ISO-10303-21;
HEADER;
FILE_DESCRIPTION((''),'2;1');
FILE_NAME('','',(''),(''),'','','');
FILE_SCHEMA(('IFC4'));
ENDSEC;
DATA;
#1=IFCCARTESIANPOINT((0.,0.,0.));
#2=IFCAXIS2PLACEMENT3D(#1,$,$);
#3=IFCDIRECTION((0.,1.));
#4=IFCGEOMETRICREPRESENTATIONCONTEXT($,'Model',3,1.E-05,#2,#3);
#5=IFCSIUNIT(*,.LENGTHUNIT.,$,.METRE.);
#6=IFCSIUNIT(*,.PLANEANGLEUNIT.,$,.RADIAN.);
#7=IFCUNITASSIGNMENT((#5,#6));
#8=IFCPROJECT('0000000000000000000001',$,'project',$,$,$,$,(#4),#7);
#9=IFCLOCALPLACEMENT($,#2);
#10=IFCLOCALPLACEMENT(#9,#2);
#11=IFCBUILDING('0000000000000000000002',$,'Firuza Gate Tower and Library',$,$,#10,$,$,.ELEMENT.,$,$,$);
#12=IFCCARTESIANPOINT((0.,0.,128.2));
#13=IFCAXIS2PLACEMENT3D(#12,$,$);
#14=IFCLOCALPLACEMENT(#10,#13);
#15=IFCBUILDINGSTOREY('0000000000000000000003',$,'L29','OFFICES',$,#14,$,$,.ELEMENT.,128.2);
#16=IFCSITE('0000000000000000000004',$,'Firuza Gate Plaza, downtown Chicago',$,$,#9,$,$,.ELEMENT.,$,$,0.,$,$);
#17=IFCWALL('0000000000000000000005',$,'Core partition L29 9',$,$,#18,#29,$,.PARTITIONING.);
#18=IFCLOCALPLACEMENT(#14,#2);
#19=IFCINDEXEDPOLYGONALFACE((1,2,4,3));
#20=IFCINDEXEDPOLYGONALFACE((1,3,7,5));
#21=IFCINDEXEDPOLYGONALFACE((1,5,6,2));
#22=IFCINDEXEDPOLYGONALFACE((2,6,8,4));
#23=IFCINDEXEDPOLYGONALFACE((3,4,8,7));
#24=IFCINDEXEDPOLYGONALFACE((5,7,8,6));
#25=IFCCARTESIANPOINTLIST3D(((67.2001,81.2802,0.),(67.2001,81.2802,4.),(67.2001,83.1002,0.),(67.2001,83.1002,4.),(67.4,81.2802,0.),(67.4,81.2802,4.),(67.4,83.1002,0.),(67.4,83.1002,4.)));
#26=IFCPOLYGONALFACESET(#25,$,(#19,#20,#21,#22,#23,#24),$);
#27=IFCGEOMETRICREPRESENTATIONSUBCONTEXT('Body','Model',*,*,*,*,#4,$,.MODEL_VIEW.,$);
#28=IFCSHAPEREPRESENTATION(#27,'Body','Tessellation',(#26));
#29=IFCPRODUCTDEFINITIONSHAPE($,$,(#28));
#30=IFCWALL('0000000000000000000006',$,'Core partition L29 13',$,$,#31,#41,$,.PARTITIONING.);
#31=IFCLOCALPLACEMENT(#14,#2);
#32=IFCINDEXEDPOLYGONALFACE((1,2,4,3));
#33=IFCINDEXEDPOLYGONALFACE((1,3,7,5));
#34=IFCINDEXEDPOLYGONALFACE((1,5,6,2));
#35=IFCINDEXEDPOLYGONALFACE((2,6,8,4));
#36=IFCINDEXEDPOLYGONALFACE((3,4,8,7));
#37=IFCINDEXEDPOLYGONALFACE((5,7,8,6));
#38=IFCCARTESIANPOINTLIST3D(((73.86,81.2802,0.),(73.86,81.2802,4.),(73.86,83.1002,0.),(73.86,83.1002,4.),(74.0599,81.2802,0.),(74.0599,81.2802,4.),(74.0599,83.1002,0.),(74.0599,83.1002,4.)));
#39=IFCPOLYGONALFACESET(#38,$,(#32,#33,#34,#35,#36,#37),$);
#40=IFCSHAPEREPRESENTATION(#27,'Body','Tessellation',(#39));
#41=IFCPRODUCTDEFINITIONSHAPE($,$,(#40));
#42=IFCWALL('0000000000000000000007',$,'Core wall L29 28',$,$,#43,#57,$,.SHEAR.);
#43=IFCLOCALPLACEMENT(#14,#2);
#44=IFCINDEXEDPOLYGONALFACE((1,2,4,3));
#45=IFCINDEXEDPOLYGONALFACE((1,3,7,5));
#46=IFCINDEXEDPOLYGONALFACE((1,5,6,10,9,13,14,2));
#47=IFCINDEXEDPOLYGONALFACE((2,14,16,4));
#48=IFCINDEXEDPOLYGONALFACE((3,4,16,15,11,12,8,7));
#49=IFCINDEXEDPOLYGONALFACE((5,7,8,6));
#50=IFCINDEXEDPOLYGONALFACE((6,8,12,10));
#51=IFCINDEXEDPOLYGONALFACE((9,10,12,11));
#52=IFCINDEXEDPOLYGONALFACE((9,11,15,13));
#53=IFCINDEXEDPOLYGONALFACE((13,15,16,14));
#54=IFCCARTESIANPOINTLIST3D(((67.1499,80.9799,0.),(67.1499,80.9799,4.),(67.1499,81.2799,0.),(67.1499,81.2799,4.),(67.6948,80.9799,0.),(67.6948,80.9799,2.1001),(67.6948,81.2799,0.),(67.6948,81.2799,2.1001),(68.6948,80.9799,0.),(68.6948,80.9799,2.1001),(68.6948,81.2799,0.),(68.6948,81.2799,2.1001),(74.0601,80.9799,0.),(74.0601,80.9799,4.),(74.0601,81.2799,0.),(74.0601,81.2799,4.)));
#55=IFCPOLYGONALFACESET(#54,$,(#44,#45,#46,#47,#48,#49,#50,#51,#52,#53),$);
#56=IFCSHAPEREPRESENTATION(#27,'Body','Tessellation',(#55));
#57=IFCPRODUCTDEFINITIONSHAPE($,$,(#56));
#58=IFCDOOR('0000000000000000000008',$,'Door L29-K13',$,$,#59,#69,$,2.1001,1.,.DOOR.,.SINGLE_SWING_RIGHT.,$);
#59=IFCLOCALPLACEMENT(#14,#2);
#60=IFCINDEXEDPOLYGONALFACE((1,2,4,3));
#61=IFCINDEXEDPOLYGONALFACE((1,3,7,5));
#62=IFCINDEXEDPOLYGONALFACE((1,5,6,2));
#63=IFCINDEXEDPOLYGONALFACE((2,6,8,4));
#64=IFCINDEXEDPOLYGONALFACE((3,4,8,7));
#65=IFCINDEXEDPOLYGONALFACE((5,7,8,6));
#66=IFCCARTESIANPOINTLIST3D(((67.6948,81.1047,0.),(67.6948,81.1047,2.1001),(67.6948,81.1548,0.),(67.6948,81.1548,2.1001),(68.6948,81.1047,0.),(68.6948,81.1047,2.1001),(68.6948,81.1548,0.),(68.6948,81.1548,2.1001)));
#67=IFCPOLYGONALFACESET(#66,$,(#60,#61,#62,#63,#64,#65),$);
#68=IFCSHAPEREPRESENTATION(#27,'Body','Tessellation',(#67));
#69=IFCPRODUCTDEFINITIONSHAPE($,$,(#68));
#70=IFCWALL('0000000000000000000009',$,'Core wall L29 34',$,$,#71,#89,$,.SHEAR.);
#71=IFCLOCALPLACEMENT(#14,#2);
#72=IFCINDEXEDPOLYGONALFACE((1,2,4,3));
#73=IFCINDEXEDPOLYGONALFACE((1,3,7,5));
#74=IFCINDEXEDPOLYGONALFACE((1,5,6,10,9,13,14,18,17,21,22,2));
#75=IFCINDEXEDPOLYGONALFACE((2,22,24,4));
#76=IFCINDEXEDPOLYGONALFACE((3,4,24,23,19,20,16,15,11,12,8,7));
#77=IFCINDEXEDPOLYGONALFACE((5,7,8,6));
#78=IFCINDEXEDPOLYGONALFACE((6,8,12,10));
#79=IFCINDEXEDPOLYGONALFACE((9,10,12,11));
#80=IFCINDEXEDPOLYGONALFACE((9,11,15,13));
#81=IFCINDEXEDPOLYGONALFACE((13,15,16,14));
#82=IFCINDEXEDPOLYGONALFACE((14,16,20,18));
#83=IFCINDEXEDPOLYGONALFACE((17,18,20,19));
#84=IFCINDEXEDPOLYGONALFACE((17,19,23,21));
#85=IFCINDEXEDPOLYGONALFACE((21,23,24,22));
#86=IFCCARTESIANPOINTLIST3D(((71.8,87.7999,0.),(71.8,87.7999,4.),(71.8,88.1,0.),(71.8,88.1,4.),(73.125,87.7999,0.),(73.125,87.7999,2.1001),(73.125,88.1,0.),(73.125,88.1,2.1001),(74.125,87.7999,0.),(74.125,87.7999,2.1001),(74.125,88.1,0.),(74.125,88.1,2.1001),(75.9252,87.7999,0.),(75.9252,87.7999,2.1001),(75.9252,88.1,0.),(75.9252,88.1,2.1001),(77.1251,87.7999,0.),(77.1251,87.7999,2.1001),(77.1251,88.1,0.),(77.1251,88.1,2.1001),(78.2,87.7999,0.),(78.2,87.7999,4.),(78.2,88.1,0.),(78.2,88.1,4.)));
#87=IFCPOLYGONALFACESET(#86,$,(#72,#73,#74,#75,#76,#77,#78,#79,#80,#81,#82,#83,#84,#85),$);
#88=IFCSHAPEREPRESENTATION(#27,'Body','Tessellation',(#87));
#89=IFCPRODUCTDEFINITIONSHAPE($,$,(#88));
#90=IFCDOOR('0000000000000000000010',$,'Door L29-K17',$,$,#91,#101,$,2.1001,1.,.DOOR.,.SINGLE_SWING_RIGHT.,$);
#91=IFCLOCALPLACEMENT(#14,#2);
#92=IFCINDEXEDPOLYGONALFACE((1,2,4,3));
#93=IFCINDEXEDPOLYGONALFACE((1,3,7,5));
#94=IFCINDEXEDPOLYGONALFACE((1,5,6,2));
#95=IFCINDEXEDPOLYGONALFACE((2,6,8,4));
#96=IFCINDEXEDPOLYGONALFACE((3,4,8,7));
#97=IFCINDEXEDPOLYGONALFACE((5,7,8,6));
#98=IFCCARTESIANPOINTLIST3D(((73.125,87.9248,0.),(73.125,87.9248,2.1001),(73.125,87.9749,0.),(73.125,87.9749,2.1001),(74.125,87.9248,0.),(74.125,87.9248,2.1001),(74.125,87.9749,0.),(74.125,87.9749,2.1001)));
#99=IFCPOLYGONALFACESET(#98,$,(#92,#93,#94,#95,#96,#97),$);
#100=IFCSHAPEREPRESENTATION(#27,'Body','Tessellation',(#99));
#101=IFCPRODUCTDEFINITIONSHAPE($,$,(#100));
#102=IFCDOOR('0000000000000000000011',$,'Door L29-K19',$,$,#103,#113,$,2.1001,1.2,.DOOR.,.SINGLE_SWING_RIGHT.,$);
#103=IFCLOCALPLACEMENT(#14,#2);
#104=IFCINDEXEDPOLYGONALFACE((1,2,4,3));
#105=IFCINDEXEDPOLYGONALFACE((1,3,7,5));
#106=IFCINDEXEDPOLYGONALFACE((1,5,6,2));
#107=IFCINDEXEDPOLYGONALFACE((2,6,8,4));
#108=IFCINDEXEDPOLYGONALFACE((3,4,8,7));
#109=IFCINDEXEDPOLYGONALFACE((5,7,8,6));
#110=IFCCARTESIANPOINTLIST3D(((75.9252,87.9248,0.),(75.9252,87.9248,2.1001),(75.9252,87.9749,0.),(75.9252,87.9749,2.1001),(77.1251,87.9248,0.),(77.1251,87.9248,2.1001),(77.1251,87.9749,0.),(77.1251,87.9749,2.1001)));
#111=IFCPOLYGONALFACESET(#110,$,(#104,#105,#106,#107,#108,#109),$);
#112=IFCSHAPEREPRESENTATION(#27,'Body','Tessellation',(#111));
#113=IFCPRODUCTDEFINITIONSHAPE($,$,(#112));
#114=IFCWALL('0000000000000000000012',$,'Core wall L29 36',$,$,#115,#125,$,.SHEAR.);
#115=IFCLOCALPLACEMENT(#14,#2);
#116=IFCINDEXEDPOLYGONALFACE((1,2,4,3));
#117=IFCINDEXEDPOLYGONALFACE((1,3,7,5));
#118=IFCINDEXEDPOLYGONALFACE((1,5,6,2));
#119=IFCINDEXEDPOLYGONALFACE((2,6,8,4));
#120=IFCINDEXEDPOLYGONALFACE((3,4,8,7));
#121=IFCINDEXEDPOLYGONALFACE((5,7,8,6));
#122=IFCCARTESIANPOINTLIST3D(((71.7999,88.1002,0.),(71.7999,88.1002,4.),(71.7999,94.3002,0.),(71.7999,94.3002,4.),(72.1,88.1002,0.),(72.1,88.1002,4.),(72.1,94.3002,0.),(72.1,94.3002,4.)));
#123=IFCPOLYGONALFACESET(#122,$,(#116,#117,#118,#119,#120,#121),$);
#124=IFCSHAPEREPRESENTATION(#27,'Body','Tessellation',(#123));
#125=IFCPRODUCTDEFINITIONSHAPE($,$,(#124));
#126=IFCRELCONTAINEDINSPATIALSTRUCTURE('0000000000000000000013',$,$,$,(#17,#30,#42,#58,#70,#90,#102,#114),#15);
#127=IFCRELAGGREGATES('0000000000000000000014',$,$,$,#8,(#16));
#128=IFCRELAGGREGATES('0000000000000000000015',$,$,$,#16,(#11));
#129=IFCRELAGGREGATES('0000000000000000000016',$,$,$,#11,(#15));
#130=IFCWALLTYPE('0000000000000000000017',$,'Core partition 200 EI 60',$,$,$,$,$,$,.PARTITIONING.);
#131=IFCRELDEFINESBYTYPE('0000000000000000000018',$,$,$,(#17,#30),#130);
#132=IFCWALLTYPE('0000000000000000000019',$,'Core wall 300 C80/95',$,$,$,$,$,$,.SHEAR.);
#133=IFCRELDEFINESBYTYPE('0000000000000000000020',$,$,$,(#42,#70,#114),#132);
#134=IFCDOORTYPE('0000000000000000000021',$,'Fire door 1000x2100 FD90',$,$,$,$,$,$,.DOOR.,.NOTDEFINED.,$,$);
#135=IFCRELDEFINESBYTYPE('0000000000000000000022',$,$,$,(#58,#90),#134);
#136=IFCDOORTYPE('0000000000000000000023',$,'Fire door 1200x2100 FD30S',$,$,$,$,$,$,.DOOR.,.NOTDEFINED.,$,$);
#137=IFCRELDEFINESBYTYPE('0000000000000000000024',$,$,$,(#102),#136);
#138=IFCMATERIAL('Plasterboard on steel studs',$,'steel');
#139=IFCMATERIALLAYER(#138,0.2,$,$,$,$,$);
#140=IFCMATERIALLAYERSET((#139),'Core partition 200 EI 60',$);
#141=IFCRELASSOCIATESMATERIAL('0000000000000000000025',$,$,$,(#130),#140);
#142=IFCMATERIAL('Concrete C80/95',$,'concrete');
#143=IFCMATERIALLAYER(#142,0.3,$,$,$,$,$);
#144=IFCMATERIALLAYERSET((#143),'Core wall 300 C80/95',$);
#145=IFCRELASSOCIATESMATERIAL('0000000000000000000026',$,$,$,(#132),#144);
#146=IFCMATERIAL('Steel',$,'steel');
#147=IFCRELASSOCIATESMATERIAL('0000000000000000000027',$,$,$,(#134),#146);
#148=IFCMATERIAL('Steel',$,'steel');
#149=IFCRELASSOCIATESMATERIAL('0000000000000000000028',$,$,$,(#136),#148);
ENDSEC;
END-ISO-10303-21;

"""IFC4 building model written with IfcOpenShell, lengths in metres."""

from ifc_helpers import new_model, si_unit, direction, frame, frame_2d, origin, place, context, subcontext, project, spatial, rectangle, extrude, material, layer, layer_set, type_object, element, fill, save


model = new_model("IFC4")

# Units and contexts
model_context = context("Model", 3, precision=1e-05, world=origin(), true_north=direction((0.0, 1.0)))
body_context = subcontext(model_context, "Body", "Model", "MODEL_VIEW")
ifc_project = project(units=[si_unit("LENGTHUNIT", "METRE"), si_unit("PLANEANGLEUNIT", "RADIAN")], contexts=[model_context])

# Site, building, storey
site_placement = place(None, origin())
site = spatial("IfcSite", under=ifc_project, at=site_placement, Name="Firuza Gate Plaza, downtown Chicago", CompositionType="ELEMENT", RefElevation=0.0)
building_placement = place(site_placement, origin())
building = spatial("IfcBuilding", under=site, at=building_placement, Name="Firuza Gate Tower and Library", CompositionType="ELEMENT")
storey_placement = place(building_placement, frame((0.0, 0.0, 128.2)))
storey = spatial("IfcBuildingStorey", under=building, at=storey_placement, Name="L29", Description="OFFICES", CompositionType="ELEMENT", Elevation=128.2)

# Walls
ifc_material_1 = material(Name="Plasterboard on steel studs", Category="steel")
ifc_layer_1 = layer(ifc_material_1, 0.2)
ifc_layer_set_1 = layer_set([ifc_layer_1], Name="Core partition 200 EI 60")
wall_type_1 = type_object("IfcWallType", Name="Core partition 200 EI 60", PredefinedType="PARTITIONING", material=ifc_layer_set_1)
for number, where, z_axis, x_axis, name in (
    (1, (67.3, 81.28, 0.0), (0.0, 0.0, 1.0), (0.0, 1.0, 0.0), "Core partition L29 9"),
    (2, (73.96, 81.28, 0.0), (0.0, 0.0, 1.0), (0.0, 1.0, 0.0), "Core partition L29 13"),
):
    element("IfcWall", number, at=place(storey_placement, frame(where, z_axis=z_axis, x_axis=x_axis)), inside=storey, type_object=wall_type_1, Name=name, PredefinedType="PARTITIONING", context=body_context, shape_type="SweptSolid", body=[
        extrude(rectangle(XDim=1.8201, YDim=0.2, at=frame_2d((0.9102, 0.0))), origin(), (0.0, 0.0, 1.0), 4.0),
    ])

# Wall, opening, door
ifc_material_2 = material(Name="Concrete C80/95", Category="concrete")
ifc_layer_2 = layer(ifc_material_2, 0.3)
ifc_layer_set_2 = layer_set([ifc_layer_2], Name="Core wall 300 C80/95")
wall_type_2 = type_object("IfcWallType", Name="Core wall 300 C80/95", PredefinedType="SHEAR", material=ifc_layer_set_2)
wall_1_placement = place(storey_placement, frame((67.1499, 81.1299, 0.0), z_axis=(0.0, 0.0, 1.0), x_axis=(1.0, 0.0, 0.0)))
wall_1 = element("IfcWall", 3, at=wall_1_placement, inside=storey, type_object=wall_type_2, Name="Core wall L29 28", PredefinedType="SHEAR", context=body_context, shape_type="SweptSolid", body=[
    extrude(rectangle(XDim=6.9102, YDim=0.3, at=frame_2d((3.4551, 0.0))), origin(), (0.0, 0.0, 1.0), 4.0),
])
opening_1_placement = place(wall_1_placement, frame((0.5449, 0.0, 0.0)))
opening_1 = element("IfcOpeningElement", 4, at=opening_1_placement, cuts=wall_1, PredefinedType="OPENING", context=body_context, shape_type="SweptSolid", body=[
    extrude(rectangle(XDim=1.0, YDim=2.1001, at=frame_2d((0.5, 1.05))), frame((0.0, 0.1602, 0.0), z_axis=(0.0, -1.0, 0.0), x_axis=(1.0, 0.0, 0.0)), (0.0, 0.0, 1.0), 0.3201),
])
ifc_material_3 = material(Name="Steel", Category="steel")
door_type_1 = type_object("IfcDoorType", Name="Fire door 1000x2100 FD90", OperationType="NOTDEFINED", PredefinedType="DOOR", material=ifc_material_3)
door_1_placement = place(opening_1_placement, origin())
door_1 = element("IfcDoor", 5, at=door_1_placement, inside=storey, type_object=door_type_1, Name="Door L29-K13", OperationType="SINGLE_SWING_RIGHT", OverallHeight=2.1001, OverallWidth=1.0, PredefinedType="DOOR", context=body_context, shape_type="SweptSolid", body=[
    extrude(rectangle(XDim=1.0, YDim=2.1001, at=frame_2d((0.5, 1.05))), frame((0.0, 0.0249, 0.0), z_axis=(0.0, -1.0, 0.0), x_axis=(1.0, 0.0, 0.0)), (0.0, 0.0, 1.0), 0.05),
])
fill(opening_1, door_1)

# Wall, openings, doors
wall_2_placement = place(storey_placement, frame((71.8, 87.95, 0.0), z_axis=(0.0, 0.0, 1.0), x_axis=(1.0, 0.0, 0.0)))
wall_2 = element("IfcWall", 6, at=wall_2_placement, inside=storey, type_object=wall_type_2, Name="Core wall L29 34", PredefinedType="SHEAR", context=body_context, shape_type="SweptSolid", body=[
    extrude(rectangle(XDim=6.3999, YDim=0.3, at=frame_2d((3.2, 0.0))), origin(), (0.0, 0.0, 1.0), 4.0),
])
opening_2_placement = place(wall_2_placement, frame((1.325, 0.0, 0.0)))
opening_2 = element("IfcOpeningElement", 7, at=opening_2_placement, cuts=wall_2, PredefinedType="OPENING", context=body_context, shape_type="SweptSolid", body=[
    extrude(rectangle(XDim=1.0, YDim=2.1001, at=frame_2d((0.5, 1.05))), frame((0.0, 0.1602, 0.0), z_axis=(0.0, -1.0, 0.0), x_axis=(1.0, 0.0, 0.0)), (0.0, 0.0, 1.0), 0.3201),
])
opening_3_placement = place(wall_2_placement, frame((4.125, 0.0, 0.0)))
opening_3 = element("IfcOpeningElement", 8, at=opening_3_placement, cuts=wall_2, PredefinedType="OPENING", context=body_context, shape_type="SweptSolid", body=[
    extrude(rectangle(XDim=1.2, YDim=2.1001, at=frame_2d((0.6001, 1.05))), frame((0.0, 0.1602, 0.0), z_axis=(0.0, -1.0, 0.0), x_axis=(1.0, 0.0, 0.0)), (0.0, 0.0, 1.0), 0.3201),
])
door_2_placement = place(opening_2_placement, origin())
door_2 = element("IfcDoor", 9, at=door_2_placement, inside=storey, type_object=door_type_1, Name="Door L29-K17", OperationType="SINGLE_SWING_RIGHT", OverallHeight=2.1001, OverallWidth=1.0, PredefinedType="DOOR", context=body_context, shape_type="SweptSolid", body=[
    extrude(rectangle(XDim=1.0, YDim=2.1001, at=frame_2d((0.5, 1.05))), frame((0.0, 0.0249, 0.0), z_axis=(0.0, -1.0, 0.0), x_axis=(1.0, 0.0, 0.0)), (0.0, 0.0, 1.0), 0.05),
])
fill(opening_2, door_2)
ifc_material_4 = material(Name="Steel", Category="steel")
door_type_2 = type_object("IfcDoorType", Name="Fire door 1200x2100 FD30S", OperationType="NOTDEFINED", PredefinedType="DOOR", material=ifc_material_4)
door_3_placement = place(opening_3_placement, origin())
door_3 = element("IfcDoor", 10, at=door_3_placement, inside=storey, type_object=door_type_2, Name="Door L29-K19", OperationType="SINGLE_SWING_RIGHT", OverallHeight=2.1001, OverallWidth=1.2, PredefinedType="DOOR", context=body_context, shape_type="SweptSolid", body=[
    extrude(rectangle(XDim=1.2, YDim=2.1001, at=frame_2d((0.6001, 1.05))), frame((0.0, 0.0249, 0.0), z_axis=(0.0, -1.0, 0.0), x_axis=(1.0, 0.0, 0.0)), (0.0, 0.0, 1.0), 0.05),
])
fill(opening_3, door_3)

# Wall
wall_3_placement = place(storey_placement, frame((71.95, 88.1001, 0.0), z_axis=(0.0, 0.0, 1.0), x_axis=(0.0, 1.0, 0.0)))
element("IfcWall", 11, at=wall_3_placement, inside=storey, type_object=wall_type_2, Name="Core wall L29 36", PredefinedType="SHEAR", context=body_context, shape_type="SweptSolid", body=[
    extrude(rectangle(XDim=6.2, YDim=0.3, at=frame_2d((3.1001, 0.0))), origin(), (0.0, 0.0, 1.0), 4.0),
])

save(model, "model.ifc")
